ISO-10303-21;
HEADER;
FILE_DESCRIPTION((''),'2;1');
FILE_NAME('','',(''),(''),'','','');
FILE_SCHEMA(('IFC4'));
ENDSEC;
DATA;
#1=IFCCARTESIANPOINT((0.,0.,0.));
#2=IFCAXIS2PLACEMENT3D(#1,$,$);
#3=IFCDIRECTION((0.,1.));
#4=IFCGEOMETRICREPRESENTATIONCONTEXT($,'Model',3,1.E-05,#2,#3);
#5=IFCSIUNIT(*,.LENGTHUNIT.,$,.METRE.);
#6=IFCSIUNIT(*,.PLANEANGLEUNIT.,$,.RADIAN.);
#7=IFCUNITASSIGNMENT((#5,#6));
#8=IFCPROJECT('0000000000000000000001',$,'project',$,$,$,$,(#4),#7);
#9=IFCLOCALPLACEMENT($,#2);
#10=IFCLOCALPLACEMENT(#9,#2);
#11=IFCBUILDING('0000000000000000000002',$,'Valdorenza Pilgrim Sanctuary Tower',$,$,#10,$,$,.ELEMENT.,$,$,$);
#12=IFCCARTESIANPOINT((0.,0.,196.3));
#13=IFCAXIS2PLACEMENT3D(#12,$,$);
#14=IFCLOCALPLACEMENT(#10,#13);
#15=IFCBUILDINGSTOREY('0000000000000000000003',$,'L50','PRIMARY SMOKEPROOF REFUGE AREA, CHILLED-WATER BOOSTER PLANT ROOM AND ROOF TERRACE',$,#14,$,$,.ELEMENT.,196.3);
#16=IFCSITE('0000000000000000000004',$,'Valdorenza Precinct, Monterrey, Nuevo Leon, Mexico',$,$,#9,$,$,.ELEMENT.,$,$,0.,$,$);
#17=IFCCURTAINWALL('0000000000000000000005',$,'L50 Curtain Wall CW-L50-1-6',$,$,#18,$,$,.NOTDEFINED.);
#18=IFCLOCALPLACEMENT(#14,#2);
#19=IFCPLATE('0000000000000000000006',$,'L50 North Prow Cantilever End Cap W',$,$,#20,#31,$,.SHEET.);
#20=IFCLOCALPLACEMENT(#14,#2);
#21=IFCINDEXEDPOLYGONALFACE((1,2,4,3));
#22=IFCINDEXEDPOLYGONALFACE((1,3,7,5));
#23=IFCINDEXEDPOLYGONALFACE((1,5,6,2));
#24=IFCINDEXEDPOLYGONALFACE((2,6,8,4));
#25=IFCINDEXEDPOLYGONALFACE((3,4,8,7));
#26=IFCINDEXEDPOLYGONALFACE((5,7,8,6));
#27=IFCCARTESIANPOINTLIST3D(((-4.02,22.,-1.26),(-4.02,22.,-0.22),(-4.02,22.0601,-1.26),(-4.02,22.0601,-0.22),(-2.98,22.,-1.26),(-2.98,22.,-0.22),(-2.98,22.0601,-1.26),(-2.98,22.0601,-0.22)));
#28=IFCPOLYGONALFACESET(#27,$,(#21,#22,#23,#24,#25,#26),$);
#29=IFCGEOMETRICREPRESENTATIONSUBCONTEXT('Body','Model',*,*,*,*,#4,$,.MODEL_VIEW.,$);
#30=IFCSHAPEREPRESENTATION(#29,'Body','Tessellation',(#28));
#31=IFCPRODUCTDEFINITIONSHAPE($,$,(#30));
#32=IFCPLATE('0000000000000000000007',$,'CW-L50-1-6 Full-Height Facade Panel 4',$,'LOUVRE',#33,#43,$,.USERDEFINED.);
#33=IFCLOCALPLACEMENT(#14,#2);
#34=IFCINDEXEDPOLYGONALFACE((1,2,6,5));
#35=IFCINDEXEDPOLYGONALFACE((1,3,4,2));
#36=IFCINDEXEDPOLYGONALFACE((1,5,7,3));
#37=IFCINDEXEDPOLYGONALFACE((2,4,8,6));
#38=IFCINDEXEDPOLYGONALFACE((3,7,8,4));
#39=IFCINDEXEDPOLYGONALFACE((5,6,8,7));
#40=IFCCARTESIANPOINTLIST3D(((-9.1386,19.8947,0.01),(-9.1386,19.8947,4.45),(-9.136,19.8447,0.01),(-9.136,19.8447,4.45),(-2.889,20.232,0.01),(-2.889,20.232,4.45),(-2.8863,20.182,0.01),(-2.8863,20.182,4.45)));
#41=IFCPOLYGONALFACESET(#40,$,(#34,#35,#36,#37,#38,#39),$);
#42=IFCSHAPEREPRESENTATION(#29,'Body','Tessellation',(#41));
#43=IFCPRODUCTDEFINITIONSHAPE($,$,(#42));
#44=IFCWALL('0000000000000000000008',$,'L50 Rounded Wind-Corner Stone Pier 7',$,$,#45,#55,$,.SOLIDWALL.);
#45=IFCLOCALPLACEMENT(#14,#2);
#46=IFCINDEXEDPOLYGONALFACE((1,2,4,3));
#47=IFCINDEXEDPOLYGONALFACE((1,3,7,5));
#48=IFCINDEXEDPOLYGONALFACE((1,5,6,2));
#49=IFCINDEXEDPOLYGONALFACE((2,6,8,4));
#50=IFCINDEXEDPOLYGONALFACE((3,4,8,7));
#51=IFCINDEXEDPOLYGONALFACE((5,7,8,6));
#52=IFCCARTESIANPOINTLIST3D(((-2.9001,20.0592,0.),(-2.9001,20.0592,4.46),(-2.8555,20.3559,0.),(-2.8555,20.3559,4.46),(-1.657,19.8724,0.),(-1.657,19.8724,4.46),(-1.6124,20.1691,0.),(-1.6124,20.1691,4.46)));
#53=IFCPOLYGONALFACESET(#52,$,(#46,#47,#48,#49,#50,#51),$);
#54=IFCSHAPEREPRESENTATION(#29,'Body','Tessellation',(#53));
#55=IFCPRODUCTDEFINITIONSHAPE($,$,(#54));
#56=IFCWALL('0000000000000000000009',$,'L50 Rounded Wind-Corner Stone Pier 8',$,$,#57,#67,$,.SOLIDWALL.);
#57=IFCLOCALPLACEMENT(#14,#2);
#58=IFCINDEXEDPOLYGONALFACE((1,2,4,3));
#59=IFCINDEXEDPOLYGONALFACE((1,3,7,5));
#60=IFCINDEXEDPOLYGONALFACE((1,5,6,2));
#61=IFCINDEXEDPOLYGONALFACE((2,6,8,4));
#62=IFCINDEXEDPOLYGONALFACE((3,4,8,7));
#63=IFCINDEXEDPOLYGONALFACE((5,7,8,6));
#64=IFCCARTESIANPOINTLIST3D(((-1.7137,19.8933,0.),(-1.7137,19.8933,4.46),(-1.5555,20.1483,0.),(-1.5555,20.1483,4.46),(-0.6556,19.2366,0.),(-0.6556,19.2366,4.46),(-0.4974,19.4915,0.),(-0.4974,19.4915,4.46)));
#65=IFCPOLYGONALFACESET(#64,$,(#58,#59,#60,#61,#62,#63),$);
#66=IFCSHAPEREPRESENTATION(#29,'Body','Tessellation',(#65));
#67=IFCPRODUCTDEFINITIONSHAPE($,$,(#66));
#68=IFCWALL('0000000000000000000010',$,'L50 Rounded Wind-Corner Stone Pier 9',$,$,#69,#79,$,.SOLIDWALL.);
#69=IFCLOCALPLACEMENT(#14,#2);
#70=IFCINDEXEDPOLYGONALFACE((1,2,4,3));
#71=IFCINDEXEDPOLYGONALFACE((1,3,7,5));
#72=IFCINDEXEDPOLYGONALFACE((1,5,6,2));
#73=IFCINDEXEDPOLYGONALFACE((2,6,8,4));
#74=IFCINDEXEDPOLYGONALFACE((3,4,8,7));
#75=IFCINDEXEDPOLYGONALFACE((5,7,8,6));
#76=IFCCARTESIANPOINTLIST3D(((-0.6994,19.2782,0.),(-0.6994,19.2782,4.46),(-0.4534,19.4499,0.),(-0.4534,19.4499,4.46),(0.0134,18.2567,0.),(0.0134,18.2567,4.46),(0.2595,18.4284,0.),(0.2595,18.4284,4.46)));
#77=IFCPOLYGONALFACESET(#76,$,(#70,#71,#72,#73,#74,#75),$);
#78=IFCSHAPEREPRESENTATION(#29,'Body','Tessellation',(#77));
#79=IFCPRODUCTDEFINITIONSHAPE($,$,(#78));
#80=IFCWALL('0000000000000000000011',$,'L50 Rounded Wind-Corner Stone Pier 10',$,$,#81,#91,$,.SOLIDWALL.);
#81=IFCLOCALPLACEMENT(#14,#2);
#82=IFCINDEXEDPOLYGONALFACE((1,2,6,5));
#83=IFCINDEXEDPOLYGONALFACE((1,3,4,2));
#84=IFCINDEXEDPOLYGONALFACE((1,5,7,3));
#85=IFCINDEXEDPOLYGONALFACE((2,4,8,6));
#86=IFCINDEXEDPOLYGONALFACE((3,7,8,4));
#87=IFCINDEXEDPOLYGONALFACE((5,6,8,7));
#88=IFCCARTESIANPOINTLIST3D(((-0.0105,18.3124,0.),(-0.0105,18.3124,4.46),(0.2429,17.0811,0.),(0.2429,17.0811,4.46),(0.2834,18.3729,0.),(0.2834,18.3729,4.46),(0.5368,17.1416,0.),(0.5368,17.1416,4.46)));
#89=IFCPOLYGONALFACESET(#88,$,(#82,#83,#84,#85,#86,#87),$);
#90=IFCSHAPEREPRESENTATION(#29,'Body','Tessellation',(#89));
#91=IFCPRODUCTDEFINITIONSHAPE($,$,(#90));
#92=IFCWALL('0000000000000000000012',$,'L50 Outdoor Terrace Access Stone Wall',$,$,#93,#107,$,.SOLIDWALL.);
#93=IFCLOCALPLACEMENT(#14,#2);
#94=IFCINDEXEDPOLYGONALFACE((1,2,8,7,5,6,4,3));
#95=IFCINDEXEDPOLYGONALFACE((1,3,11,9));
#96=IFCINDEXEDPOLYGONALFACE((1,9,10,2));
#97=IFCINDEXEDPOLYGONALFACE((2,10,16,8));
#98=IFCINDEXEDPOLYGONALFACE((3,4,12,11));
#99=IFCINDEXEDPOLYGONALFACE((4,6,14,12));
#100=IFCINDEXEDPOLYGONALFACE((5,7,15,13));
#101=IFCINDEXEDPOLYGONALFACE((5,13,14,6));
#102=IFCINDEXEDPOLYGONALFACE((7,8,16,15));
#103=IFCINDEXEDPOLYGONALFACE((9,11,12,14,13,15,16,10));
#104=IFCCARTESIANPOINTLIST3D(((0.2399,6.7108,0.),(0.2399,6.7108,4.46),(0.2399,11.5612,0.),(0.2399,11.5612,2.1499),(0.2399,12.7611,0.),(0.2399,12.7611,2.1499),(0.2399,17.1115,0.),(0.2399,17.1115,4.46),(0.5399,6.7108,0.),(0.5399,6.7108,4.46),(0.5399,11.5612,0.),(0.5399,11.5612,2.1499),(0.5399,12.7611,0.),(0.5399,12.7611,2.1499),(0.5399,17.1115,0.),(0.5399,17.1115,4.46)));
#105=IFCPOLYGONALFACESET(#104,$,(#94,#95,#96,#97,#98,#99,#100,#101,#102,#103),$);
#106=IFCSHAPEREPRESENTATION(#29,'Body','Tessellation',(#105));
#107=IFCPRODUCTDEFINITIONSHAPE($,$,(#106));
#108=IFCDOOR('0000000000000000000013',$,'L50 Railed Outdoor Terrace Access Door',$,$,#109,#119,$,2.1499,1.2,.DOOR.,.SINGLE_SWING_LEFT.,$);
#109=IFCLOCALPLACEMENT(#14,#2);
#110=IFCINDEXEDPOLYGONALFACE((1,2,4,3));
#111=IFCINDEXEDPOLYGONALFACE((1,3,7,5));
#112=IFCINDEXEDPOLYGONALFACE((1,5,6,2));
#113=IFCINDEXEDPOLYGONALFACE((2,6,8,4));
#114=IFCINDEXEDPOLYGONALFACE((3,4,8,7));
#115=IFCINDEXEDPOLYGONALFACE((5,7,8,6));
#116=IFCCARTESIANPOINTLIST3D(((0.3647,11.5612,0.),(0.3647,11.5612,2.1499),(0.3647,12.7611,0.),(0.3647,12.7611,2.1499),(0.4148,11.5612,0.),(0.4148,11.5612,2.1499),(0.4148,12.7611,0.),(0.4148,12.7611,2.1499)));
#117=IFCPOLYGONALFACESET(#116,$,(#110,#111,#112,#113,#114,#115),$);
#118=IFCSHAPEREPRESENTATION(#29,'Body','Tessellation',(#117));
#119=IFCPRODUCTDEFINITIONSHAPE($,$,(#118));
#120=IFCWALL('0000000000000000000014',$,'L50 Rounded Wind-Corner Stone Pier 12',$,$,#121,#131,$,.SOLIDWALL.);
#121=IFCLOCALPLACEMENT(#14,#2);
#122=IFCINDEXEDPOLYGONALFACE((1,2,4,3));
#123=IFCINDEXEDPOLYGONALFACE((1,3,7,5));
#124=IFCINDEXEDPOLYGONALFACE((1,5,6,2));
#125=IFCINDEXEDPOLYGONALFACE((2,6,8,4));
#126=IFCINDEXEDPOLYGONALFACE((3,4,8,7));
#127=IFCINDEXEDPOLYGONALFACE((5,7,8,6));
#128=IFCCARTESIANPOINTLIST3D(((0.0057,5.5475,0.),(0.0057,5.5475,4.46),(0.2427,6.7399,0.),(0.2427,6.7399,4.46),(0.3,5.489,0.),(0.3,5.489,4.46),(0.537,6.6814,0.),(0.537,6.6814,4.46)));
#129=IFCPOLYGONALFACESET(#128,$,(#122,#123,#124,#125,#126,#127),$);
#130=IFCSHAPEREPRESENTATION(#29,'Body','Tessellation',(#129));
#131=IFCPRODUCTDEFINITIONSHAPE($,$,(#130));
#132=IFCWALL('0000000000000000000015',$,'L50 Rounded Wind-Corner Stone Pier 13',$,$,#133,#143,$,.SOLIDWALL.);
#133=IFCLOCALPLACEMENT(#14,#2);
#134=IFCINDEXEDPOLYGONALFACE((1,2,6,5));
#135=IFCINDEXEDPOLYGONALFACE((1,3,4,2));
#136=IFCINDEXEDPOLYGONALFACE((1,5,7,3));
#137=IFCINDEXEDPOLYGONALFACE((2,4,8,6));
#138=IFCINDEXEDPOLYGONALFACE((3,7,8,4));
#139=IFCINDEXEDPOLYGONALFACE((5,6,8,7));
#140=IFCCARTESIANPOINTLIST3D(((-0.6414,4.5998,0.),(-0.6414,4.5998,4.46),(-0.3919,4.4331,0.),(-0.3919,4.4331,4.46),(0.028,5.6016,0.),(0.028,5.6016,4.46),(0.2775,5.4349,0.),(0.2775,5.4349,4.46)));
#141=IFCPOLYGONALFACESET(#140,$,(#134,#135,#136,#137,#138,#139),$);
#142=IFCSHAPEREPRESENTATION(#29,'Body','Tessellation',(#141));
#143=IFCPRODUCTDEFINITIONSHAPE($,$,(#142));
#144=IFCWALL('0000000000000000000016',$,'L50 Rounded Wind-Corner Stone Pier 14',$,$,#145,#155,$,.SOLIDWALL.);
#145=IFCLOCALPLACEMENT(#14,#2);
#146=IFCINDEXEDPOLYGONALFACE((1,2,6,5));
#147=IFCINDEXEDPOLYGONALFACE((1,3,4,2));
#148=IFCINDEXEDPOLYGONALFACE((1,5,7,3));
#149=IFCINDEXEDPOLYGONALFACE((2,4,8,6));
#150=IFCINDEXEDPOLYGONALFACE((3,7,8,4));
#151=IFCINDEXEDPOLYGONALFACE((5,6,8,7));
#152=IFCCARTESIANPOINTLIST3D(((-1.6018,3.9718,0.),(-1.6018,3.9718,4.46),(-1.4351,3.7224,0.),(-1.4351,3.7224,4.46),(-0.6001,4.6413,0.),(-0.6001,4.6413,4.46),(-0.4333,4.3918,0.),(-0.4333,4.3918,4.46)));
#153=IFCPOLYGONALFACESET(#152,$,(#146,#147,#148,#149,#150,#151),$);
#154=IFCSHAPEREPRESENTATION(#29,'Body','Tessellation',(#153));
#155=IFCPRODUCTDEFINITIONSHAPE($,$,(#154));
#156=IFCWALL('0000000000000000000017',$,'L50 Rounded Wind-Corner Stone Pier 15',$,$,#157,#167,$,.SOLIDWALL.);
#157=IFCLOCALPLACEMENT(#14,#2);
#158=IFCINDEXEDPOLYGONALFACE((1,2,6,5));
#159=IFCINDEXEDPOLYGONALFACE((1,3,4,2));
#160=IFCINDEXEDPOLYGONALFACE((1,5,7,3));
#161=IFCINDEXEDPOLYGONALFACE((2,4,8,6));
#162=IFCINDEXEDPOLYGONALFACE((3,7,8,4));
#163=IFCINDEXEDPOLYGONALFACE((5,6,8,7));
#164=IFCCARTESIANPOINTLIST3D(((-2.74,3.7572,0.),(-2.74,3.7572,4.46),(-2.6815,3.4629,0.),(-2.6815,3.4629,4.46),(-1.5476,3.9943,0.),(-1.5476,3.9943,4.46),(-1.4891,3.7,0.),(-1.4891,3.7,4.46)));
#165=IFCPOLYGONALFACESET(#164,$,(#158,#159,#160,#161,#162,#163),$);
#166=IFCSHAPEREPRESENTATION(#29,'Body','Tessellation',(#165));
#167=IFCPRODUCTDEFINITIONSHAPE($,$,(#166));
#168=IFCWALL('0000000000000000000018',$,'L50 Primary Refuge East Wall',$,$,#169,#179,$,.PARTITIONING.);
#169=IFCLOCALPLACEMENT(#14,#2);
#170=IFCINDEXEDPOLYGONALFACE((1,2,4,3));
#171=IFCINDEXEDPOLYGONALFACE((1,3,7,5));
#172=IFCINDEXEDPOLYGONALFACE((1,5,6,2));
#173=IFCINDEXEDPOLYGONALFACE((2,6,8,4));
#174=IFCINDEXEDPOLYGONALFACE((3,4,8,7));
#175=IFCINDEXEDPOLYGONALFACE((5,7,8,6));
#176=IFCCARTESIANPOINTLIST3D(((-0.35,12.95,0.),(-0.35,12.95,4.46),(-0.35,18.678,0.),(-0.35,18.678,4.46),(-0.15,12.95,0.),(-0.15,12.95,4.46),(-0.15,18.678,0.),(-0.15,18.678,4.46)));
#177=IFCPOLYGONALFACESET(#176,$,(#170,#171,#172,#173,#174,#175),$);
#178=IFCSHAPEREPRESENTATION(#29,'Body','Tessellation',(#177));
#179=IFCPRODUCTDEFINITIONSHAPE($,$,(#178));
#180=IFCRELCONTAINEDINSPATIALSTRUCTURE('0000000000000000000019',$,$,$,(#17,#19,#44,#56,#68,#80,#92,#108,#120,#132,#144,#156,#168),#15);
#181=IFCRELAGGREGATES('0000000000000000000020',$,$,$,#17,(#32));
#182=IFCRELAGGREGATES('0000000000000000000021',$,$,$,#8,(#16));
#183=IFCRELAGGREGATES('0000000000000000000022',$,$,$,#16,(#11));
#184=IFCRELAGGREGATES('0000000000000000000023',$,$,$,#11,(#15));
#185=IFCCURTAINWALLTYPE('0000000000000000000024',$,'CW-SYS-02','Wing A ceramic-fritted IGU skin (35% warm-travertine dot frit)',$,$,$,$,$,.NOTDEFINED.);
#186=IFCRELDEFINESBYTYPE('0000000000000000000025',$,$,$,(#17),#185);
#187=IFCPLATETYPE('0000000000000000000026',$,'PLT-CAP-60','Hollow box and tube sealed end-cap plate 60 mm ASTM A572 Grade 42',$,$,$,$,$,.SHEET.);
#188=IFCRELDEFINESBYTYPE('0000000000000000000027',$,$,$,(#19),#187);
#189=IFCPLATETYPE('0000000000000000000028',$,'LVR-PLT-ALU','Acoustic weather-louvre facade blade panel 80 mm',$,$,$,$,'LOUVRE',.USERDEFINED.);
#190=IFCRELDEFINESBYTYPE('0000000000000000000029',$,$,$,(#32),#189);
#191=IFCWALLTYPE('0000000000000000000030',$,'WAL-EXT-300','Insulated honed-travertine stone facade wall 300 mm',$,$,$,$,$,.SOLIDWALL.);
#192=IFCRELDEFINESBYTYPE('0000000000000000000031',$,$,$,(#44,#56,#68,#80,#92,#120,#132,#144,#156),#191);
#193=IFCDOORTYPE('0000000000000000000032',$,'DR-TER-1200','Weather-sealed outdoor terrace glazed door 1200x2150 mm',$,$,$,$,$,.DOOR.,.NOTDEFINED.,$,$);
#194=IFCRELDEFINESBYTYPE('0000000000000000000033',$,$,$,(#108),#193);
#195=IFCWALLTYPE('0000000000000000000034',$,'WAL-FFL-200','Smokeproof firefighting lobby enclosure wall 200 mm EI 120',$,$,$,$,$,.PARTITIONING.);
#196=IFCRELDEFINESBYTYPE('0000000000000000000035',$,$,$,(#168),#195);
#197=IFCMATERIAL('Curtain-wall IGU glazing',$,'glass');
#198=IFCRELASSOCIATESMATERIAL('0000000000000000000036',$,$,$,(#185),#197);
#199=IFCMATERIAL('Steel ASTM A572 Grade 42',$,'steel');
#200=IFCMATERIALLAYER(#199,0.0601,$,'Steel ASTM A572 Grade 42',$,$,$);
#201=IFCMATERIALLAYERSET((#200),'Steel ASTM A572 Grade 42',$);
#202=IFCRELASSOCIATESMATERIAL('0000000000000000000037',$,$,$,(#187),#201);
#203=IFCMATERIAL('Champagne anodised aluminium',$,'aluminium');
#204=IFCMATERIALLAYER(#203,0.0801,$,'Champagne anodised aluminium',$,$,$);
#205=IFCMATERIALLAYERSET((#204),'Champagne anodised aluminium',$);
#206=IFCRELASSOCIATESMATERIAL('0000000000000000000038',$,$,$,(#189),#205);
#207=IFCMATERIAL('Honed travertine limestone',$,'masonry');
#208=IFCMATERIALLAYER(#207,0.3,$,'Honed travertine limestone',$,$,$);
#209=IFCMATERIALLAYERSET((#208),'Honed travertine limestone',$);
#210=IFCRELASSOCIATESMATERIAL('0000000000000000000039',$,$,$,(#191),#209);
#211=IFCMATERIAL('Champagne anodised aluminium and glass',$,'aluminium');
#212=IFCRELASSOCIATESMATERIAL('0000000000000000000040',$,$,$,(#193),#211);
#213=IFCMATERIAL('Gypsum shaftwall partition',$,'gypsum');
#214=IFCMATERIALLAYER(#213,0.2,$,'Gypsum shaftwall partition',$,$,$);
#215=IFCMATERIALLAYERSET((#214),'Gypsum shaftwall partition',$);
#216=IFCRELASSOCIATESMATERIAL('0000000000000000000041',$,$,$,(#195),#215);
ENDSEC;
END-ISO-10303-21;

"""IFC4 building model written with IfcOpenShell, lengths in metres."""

from ifc_helpers import new_model, si_unit, direction, frame, frame_2d, origin, origin_2d, place, context, subcontext, project, spatial, rectangle, extrude, source, transform, mapped, material, layer, layer_set, type_object, element, fill, aggregate, save


model = new_model("IFC4")

# Units and contexts
model_context = context("Model", 3, precision=1e-05, world=origin(), true_north=direction((0.0, 1.0)))
body_context = subcontext(model_context, "Body", "Model", "MODEL_VIEW")
ifc_project = project(units=[si_unit("LENGTHUNIT", "METRE"), si_unit("PLANEANGLEUNIT", "RADIAN")], contexts=[model_context])

# Site, building, storey
site_placement = place(None, origin())
site = spatial("IfcSite", under=ifc_project, at=site_placement, Name="Valdorenza Precinct, Monterrey, Nuevo Leon, Mexico", CompositionType="ELEMENT", RefElevation=0.0)
building_placement = place(site_placement, origin())
building = spatial("IfcBuilding", under=site, at=building_placement, Name="Valdorenza Pilgrim Sanctuary Tower", CompositionType="ELEMENT")
storey_placement = place(building_placement, frame((0.0, 0.0, 196.3)))
storey = spatial("IfcBuildingStorey", under=building, at=storey_placement, Name="L50", Description="PRIMARY SMOKEPROOF REFUGE AREA, CHILLED-WATER BOOSTER PLANT ROOM AND ROOF TERRACE", CompositionType="ELEMENT", Elevation=196.3)

# Shared definitions
ifc_material_1 = material(Name="Steel ASTM A572 Grade 42", Category="steel")

# Curtain wall
ifc_material_2 = material(Name="Curtain-wall IGU glazing", Category="glass")
curtain_wall_type = type_object("IfcCurtainWallType", Name="CW-SYS-02", Description="Wing A ceramic-fritted IGU skin (35% warm-travertine dot frit)", PredefinedType="NOTDEFINED", material=ifc_material_2)
curtain_wall_placement = place(storey_placement, origin())
curtain_wall = element("IfcCurtainWall", 1, at=curtain_wall_placement, inside=storey, type_object=curtain_wall_type, Name="L50 Curtain Wall CW-L50-1-6", PredefinedType="NOTDEFINED")

# Plates
ifc_layer_1 = layer(ifc_material_1, 0.0601, Name="Steel ASTM A572 Grade 42")
ifc_layer_set_1 = layer_set([ifc_layer_1], Name="Steel ASTM A572 Grade 42")
plate_type_1 = type_object("IfcPlateType", Name="PLT-CAP-60", Description="Hollow box and tube sealed end-cap plate 60 mm ASTM A572 Grade 42", PredefinedType="SHEET", material=ifc_layer_set_1)
shared_shape_1 = source(origin(), body_context, "Body", "SweptSolid", [
    extrude(rectangle(XDim=1.04, YDim=0.0601, at=origin_2d()), origin(), (0.0, 0.0, 1.0), 1.04),
])
plate_1_placement = place(storey_placement, frame((-3.5, 22.03, -1.26), z_axis=(0.0, 0.0, 1.0), x_axis=(1.0, 0.0, 0.0)))
element("IfcPlate", 2, at=plate_1_placement, inside=storey, type_object=plate_type_1, Name="L50 North Prow Cantilever End Cap W", PredefinedType="SHEET", context=body_context, shape_type="MappedRepresentation", body=[
    mapped(shared_shape_1, transform((0.0, 0.0, 0.0), x_axis=(1.0, 0.0, 0.0), y_axis=(0.0, 1.0, 0.0), z_axis=(0.0, 0.0, 1.0), scale=1.0)),
])
ifc_material_3 = material(Name="Champagne anodised aluminium", Category="aluminium")
ifc_layer_2 = layer(ifc_material_3, 0.0801, Name="Champagne anodised aluminium")
ifc_layer_set_2 = layer_set([ifc_layer_2], Name="Champagne anodised aluminium")
plate_type_2 = type_object("IfcPlateType", Name="LVR-PLT-ALU", Description="Acoustic weather-louvre facade blade panel 80 mm", ElementType="LOUVRE", PredefinedType="USERDEFINED", material=ifc_layer_set_2)
shared_shape_2 = source(origin(), body_context, "Body", "SweptSolid", [
    extrude(rectangle(XDim=6.2588, YDim=0.05, at=origin_2d()), origin(), (0.0, 0.0, 1.0), 4.4399),
])
plate_2_placement = place(storey_placement, frame((-6.0125, 20.0383, 0.01), z_axis=(0.0, 0.0, 1.0), x_axis=(0.998547, 0.053887, 0.0)))
plate_2 = element("IfcPlate", 3, at=plate_2_placement, type_object=plate_type_2, Name="CW-L50-1-6 Full-Height Facade Panel 4", ObjectType="LOUVRE", PredefinedType="USERDEFINED", context=body_context, shape_type="MappedRepresentation", body=[
    mapped(shared_shape_2, transform((0.0, 0.0, 0.0), x_axis=(1.0, 0.0, 0.0), y_axis=(0.0, 1.0, 0.0), z_axis=(0.0, 0.0, 1.0), scale=1.0)),
])
aggregate(curtain_wall, [plate_2])

# Walls
ifc_material_4 = material(Name="Honed travertine limestone", Category="masonry")
ifc_layer_3 = layer(ifc_material_4, 0.3, Name="Honed travertine limestone")
ifc_layer_set_3 = layer_set([ifc_layer_3], Name="Honed travertine limestone")
wall_type_1 = type_object("IfcWallType", Name="WAL-EXT-300", Description="Insulated honed-travertine stone facade wall 300 mm", PredefinedType="SOLIDWALL", material=ifc_layer_set_3)
wall_1_placement = place(storey_placement, frame((-2.8777, 20.2075, 0.0), z_axis=(0.0, 0.0, 1.0), x_axis=(0.988902, -0.148568, 0.0)))
element("IfcWall", 4, at=wall_1_placement, inside=storey, type_object=wall_type_1, Name="L50 Rounded Wind-Corner Stone Pier 7", PredefinedType="SOLIDWALL", context=body_context, shape_type="SweptSolid", body=[
    extrude(rectangle(XDim=1.2571, YDim=0.3, at=frame_2d((0.6284, 0.0))), origin(), (0.0, 0.0, 1.0), 4.46),
])
wall_2_placement = place(storey_placement, frame((-1.6345, 20.0208, 0.0), z_axis=(0.0, 0.0, 1.0), x_axis=(0.849646, -0.527353, 0.0)))
element("IfcWall", 5, at=wall_2_placement, inside=storey, type_object=wall_type_1, Name="L50 Rounded Wind-Corner Stone Pier 8", PredefinedType="SOLIDWALL", context=body_context, shape_type="SweptSolid", body=[
    extrude(rectangle(XDim=1.2454, YDim=0.3, at=frame_2d((0.6226, 0.0))), origin(), (0.0, 0.0, 1.0), 4.46),
])
wall_3_placement = place(storey_placement, frame((-0.5764, 19.364, 0.0), z_axis=(0.0, 0.0, 1.0), x_axis=(0.572304, -0.820041, 0.0)))
element("IfcWall", 6, at=wall_3_placement, inside=storey, type_object=wall_type_1, Name="L50 Rounded Wind-Corner Stone Pier 9", PredefinedType="SOLIDWALL", context=body_context, shape_type="SweptSolid", body=[
    extrude(rectangle(XDim=1.2456, YDim=0.3, at=frame_2d((0.6228, 0.0))), origin(), (0.0, 0.0, 1.0), 4.46),
])
wall_4_placement = place(storey_placement, frame((0.1365, 18.3425, 0.0), z_axis=(0.0, 0.0, 1.0), x_axis=(0.201604, -0.979467, 0.0)))
element("IfcWall", 7, at=wall_4_placement, inside=storey, type_object=wall_type_1, Name="L50 Rounded Wind-Corner Stone Pier 10", PredefinedType="SOLIDWALL", context=body_context, shape_type="SweptSolid", body=[
    extrude(rectangle(XDim=1.2571, YDim=0.3, at=frame_2d((0.6284, 0.0))), origin(), (0.0, 0.0, 1.0), 4.46),
])

# Wall, opening, door
wall_5_placement = place(storey_placement, frame((0.3899, 17.1113, 0.0), z_axis=(0.0, 0.0, 1.0), x_axis=(0.0, -1.0, 0.0)))
wall_5 = element("IfcWall", 8, at=wall_5_placement, inside=storey, type_object=wall_type_1, Name="L50 Outdoor Terrace Access Stone Wall", PredefinedType="SOLIDWALL", context=body_context, shape_type="SweptSolid", body=[
    extrude(rectangle(XDim=10.4006, YDim=0.3, at=frame_2d((5.2002, 0.0))), origin(), (0.0, 0.0, 1.0), 4.46),
])
opening_placement = place(wall_5_placement, frame((4.3501, 0.0, 0.0)))
opening = element("IfcOpeningElement", 9, at=opening_placement, cuts=wall_5, PredefinedType="OPENING", context=body_context, shape_type="SweptSolid", body=[
    extrude(rectangle(XDim=1.2, YDim=2.1499, at=frame_2d((0.6001, 1.075))), frame((0.0, 0.165, 0.0), z_axis=(0.0, -1.0, 0.0), x_axis=(1.0, 0.0, 0.0)), (0.0, 0.0, 1.0), 0.3298),
])
ifc_material_5 = material(Name="Champagne anodised aluminium and glass", Category="aluminium")
door_type = type_object("IfcDoorType", Name="DR-TER-1200", Description="Weather-sealed outdoor terrace glazed door 1200x2150 mm", OperationType="NOTDEFINED", PredefinedType="DOOR", material=ifc_material_5)
door_placement = place(opening_placement, origin())
door = element("IfcDoor", 10, at=door_placement, inside=storey, type_object=door_type, Name="L50 Railed Outdoor Terrace Access Door", OperationType="SINGLE_SWING_LEFT", OverallHeight=2.1499, OverallWidth=1.2, PredefinedType="DOOR", context=body_context, shape_type="SweptSolid", body=[
    extrude(rectangle(XDim=1.2, YDim=2.1499, at=frame_2d((0.6001, 1.075))), frame((0.0, 0.0249, 0.0), z_axis=(0.0, -1.0, 0.0), x_axis=(1.0, 0.0, 0.0)), (0.0, 0.0, 1.0), 0.05),
])
fill(opening, door)

# Walls
wall_6_placement = place(storey_placement, frame((0.3899, 6.7107, 0.0), z_axis=(0.0, 0.0, 1.0), x_axis=(-0.194996, -0.980804, 0.0)))
element("IfcWall", 11, at=wall_6_placement, inside=storey, type_object=wall_type_1, Name="L50 Rounded Wind-Corner Stone Pier 12", PredefinedType="SOLIDWALL", context=body_context, shape_type="SweptSolid", body=[
    extrude(rectangle(XDim=1.2158, YDim=0.3, at=frame_2d((0.6079, 0.0))), origin(), (0.0, 0.0, 1.0), 4.46),
])
for number, where, z_axis, x_axis, name in (
    (12, (0.1528, 5.5183, 0.0), (0.0, 0.0, 1.0), (-0.555635, -0.831426, 0.0), "L50 Rounded Wind-Corner Stone Pier 13"),
    (13, (-0.5166, 4.5166, 0.0), (0.0, 0.0, 1.0), (-0.831426, -0.555635, 0.0), "L50 Rounded Wind-Corner Stone Pier 14"),
):
    element("IfcWall", number, at=place(storey_placement, frame(where, z_axis=z_axis, x_axis=x_axis)), inside=storey, type_object=wall_type_1, Name=name, PredefinedType="SOLIDWALL", context=body_context, shape_type="SweptSolid", body=[
        extrude(rectangle(XDim=1.2048, YDim=0.3, at=frame_2d((0.6025, 0.0))), origin(), (0.0, 0.0, 1.0), 4.46),
    ])
wall_7_placement = place(storey_placement, frame((-1.5183, 3.8472, 0.0), z_axis=(0.0, 0.0, 1.0), x_axis=(-0.980804, -0.194996, 0.0)))
element("IfcWall", 14, at=wall_7_placement, inside=storey, type_object=wall_type_1, Name="L50 Rounded Wind-Corner Stone Pier 15", PredefinedType="SOLIDWALL", context=body_context, shape_type="SweptSolid", body=[
    extrude(rectangle(XDim=1.2158, YDim=0.3, at=frame_2d((0.6079, 0.0))), origin(), (0.0, 0.0, 1.0), 4.46),
])
ifc_material_6 = material(Name="Gypsum shaftwall partition", Category="gypsum")
ifc_layer_4 = layer(ifc_material_6, 0.2, Name="Gypsum shaftwall partition")
ifc_layer_set_4 = layer_set([ifc_layer_4], Name="Gypsum shaftwall partition")
wall_type_2 = type_object("IfcWallType", Name="WAL-FFL-200", Description="Smokeproof firefighting lobby enclosure wall 200 mm EI 120", PredefinedType="PARTITIONING", material=ifc_layer_set_4)
wall_8_placement = place(storey_placement, frame((-0.25, 12.95, 0.0), z_axis=(0.0, 0.0, 1.0), x_axis=(0.0, 1.0, 0.0)))
element("IfcWall", 15, at=wall_8_placement, inside=storey, type_object=wall_type_2, Name="L50 Primary Refuge East Wall", PredefinedType="PARTITIONING", context=body_context, shape_type="SweptSolid", body=[
    extrude(rectangle(XDim=5.728, YDim=0.2, at=frame_2d((2.864, 0.0))), origin(), (0.0, 0.0, 1.0), 4.46),
])

save(model, "model.ifc")
